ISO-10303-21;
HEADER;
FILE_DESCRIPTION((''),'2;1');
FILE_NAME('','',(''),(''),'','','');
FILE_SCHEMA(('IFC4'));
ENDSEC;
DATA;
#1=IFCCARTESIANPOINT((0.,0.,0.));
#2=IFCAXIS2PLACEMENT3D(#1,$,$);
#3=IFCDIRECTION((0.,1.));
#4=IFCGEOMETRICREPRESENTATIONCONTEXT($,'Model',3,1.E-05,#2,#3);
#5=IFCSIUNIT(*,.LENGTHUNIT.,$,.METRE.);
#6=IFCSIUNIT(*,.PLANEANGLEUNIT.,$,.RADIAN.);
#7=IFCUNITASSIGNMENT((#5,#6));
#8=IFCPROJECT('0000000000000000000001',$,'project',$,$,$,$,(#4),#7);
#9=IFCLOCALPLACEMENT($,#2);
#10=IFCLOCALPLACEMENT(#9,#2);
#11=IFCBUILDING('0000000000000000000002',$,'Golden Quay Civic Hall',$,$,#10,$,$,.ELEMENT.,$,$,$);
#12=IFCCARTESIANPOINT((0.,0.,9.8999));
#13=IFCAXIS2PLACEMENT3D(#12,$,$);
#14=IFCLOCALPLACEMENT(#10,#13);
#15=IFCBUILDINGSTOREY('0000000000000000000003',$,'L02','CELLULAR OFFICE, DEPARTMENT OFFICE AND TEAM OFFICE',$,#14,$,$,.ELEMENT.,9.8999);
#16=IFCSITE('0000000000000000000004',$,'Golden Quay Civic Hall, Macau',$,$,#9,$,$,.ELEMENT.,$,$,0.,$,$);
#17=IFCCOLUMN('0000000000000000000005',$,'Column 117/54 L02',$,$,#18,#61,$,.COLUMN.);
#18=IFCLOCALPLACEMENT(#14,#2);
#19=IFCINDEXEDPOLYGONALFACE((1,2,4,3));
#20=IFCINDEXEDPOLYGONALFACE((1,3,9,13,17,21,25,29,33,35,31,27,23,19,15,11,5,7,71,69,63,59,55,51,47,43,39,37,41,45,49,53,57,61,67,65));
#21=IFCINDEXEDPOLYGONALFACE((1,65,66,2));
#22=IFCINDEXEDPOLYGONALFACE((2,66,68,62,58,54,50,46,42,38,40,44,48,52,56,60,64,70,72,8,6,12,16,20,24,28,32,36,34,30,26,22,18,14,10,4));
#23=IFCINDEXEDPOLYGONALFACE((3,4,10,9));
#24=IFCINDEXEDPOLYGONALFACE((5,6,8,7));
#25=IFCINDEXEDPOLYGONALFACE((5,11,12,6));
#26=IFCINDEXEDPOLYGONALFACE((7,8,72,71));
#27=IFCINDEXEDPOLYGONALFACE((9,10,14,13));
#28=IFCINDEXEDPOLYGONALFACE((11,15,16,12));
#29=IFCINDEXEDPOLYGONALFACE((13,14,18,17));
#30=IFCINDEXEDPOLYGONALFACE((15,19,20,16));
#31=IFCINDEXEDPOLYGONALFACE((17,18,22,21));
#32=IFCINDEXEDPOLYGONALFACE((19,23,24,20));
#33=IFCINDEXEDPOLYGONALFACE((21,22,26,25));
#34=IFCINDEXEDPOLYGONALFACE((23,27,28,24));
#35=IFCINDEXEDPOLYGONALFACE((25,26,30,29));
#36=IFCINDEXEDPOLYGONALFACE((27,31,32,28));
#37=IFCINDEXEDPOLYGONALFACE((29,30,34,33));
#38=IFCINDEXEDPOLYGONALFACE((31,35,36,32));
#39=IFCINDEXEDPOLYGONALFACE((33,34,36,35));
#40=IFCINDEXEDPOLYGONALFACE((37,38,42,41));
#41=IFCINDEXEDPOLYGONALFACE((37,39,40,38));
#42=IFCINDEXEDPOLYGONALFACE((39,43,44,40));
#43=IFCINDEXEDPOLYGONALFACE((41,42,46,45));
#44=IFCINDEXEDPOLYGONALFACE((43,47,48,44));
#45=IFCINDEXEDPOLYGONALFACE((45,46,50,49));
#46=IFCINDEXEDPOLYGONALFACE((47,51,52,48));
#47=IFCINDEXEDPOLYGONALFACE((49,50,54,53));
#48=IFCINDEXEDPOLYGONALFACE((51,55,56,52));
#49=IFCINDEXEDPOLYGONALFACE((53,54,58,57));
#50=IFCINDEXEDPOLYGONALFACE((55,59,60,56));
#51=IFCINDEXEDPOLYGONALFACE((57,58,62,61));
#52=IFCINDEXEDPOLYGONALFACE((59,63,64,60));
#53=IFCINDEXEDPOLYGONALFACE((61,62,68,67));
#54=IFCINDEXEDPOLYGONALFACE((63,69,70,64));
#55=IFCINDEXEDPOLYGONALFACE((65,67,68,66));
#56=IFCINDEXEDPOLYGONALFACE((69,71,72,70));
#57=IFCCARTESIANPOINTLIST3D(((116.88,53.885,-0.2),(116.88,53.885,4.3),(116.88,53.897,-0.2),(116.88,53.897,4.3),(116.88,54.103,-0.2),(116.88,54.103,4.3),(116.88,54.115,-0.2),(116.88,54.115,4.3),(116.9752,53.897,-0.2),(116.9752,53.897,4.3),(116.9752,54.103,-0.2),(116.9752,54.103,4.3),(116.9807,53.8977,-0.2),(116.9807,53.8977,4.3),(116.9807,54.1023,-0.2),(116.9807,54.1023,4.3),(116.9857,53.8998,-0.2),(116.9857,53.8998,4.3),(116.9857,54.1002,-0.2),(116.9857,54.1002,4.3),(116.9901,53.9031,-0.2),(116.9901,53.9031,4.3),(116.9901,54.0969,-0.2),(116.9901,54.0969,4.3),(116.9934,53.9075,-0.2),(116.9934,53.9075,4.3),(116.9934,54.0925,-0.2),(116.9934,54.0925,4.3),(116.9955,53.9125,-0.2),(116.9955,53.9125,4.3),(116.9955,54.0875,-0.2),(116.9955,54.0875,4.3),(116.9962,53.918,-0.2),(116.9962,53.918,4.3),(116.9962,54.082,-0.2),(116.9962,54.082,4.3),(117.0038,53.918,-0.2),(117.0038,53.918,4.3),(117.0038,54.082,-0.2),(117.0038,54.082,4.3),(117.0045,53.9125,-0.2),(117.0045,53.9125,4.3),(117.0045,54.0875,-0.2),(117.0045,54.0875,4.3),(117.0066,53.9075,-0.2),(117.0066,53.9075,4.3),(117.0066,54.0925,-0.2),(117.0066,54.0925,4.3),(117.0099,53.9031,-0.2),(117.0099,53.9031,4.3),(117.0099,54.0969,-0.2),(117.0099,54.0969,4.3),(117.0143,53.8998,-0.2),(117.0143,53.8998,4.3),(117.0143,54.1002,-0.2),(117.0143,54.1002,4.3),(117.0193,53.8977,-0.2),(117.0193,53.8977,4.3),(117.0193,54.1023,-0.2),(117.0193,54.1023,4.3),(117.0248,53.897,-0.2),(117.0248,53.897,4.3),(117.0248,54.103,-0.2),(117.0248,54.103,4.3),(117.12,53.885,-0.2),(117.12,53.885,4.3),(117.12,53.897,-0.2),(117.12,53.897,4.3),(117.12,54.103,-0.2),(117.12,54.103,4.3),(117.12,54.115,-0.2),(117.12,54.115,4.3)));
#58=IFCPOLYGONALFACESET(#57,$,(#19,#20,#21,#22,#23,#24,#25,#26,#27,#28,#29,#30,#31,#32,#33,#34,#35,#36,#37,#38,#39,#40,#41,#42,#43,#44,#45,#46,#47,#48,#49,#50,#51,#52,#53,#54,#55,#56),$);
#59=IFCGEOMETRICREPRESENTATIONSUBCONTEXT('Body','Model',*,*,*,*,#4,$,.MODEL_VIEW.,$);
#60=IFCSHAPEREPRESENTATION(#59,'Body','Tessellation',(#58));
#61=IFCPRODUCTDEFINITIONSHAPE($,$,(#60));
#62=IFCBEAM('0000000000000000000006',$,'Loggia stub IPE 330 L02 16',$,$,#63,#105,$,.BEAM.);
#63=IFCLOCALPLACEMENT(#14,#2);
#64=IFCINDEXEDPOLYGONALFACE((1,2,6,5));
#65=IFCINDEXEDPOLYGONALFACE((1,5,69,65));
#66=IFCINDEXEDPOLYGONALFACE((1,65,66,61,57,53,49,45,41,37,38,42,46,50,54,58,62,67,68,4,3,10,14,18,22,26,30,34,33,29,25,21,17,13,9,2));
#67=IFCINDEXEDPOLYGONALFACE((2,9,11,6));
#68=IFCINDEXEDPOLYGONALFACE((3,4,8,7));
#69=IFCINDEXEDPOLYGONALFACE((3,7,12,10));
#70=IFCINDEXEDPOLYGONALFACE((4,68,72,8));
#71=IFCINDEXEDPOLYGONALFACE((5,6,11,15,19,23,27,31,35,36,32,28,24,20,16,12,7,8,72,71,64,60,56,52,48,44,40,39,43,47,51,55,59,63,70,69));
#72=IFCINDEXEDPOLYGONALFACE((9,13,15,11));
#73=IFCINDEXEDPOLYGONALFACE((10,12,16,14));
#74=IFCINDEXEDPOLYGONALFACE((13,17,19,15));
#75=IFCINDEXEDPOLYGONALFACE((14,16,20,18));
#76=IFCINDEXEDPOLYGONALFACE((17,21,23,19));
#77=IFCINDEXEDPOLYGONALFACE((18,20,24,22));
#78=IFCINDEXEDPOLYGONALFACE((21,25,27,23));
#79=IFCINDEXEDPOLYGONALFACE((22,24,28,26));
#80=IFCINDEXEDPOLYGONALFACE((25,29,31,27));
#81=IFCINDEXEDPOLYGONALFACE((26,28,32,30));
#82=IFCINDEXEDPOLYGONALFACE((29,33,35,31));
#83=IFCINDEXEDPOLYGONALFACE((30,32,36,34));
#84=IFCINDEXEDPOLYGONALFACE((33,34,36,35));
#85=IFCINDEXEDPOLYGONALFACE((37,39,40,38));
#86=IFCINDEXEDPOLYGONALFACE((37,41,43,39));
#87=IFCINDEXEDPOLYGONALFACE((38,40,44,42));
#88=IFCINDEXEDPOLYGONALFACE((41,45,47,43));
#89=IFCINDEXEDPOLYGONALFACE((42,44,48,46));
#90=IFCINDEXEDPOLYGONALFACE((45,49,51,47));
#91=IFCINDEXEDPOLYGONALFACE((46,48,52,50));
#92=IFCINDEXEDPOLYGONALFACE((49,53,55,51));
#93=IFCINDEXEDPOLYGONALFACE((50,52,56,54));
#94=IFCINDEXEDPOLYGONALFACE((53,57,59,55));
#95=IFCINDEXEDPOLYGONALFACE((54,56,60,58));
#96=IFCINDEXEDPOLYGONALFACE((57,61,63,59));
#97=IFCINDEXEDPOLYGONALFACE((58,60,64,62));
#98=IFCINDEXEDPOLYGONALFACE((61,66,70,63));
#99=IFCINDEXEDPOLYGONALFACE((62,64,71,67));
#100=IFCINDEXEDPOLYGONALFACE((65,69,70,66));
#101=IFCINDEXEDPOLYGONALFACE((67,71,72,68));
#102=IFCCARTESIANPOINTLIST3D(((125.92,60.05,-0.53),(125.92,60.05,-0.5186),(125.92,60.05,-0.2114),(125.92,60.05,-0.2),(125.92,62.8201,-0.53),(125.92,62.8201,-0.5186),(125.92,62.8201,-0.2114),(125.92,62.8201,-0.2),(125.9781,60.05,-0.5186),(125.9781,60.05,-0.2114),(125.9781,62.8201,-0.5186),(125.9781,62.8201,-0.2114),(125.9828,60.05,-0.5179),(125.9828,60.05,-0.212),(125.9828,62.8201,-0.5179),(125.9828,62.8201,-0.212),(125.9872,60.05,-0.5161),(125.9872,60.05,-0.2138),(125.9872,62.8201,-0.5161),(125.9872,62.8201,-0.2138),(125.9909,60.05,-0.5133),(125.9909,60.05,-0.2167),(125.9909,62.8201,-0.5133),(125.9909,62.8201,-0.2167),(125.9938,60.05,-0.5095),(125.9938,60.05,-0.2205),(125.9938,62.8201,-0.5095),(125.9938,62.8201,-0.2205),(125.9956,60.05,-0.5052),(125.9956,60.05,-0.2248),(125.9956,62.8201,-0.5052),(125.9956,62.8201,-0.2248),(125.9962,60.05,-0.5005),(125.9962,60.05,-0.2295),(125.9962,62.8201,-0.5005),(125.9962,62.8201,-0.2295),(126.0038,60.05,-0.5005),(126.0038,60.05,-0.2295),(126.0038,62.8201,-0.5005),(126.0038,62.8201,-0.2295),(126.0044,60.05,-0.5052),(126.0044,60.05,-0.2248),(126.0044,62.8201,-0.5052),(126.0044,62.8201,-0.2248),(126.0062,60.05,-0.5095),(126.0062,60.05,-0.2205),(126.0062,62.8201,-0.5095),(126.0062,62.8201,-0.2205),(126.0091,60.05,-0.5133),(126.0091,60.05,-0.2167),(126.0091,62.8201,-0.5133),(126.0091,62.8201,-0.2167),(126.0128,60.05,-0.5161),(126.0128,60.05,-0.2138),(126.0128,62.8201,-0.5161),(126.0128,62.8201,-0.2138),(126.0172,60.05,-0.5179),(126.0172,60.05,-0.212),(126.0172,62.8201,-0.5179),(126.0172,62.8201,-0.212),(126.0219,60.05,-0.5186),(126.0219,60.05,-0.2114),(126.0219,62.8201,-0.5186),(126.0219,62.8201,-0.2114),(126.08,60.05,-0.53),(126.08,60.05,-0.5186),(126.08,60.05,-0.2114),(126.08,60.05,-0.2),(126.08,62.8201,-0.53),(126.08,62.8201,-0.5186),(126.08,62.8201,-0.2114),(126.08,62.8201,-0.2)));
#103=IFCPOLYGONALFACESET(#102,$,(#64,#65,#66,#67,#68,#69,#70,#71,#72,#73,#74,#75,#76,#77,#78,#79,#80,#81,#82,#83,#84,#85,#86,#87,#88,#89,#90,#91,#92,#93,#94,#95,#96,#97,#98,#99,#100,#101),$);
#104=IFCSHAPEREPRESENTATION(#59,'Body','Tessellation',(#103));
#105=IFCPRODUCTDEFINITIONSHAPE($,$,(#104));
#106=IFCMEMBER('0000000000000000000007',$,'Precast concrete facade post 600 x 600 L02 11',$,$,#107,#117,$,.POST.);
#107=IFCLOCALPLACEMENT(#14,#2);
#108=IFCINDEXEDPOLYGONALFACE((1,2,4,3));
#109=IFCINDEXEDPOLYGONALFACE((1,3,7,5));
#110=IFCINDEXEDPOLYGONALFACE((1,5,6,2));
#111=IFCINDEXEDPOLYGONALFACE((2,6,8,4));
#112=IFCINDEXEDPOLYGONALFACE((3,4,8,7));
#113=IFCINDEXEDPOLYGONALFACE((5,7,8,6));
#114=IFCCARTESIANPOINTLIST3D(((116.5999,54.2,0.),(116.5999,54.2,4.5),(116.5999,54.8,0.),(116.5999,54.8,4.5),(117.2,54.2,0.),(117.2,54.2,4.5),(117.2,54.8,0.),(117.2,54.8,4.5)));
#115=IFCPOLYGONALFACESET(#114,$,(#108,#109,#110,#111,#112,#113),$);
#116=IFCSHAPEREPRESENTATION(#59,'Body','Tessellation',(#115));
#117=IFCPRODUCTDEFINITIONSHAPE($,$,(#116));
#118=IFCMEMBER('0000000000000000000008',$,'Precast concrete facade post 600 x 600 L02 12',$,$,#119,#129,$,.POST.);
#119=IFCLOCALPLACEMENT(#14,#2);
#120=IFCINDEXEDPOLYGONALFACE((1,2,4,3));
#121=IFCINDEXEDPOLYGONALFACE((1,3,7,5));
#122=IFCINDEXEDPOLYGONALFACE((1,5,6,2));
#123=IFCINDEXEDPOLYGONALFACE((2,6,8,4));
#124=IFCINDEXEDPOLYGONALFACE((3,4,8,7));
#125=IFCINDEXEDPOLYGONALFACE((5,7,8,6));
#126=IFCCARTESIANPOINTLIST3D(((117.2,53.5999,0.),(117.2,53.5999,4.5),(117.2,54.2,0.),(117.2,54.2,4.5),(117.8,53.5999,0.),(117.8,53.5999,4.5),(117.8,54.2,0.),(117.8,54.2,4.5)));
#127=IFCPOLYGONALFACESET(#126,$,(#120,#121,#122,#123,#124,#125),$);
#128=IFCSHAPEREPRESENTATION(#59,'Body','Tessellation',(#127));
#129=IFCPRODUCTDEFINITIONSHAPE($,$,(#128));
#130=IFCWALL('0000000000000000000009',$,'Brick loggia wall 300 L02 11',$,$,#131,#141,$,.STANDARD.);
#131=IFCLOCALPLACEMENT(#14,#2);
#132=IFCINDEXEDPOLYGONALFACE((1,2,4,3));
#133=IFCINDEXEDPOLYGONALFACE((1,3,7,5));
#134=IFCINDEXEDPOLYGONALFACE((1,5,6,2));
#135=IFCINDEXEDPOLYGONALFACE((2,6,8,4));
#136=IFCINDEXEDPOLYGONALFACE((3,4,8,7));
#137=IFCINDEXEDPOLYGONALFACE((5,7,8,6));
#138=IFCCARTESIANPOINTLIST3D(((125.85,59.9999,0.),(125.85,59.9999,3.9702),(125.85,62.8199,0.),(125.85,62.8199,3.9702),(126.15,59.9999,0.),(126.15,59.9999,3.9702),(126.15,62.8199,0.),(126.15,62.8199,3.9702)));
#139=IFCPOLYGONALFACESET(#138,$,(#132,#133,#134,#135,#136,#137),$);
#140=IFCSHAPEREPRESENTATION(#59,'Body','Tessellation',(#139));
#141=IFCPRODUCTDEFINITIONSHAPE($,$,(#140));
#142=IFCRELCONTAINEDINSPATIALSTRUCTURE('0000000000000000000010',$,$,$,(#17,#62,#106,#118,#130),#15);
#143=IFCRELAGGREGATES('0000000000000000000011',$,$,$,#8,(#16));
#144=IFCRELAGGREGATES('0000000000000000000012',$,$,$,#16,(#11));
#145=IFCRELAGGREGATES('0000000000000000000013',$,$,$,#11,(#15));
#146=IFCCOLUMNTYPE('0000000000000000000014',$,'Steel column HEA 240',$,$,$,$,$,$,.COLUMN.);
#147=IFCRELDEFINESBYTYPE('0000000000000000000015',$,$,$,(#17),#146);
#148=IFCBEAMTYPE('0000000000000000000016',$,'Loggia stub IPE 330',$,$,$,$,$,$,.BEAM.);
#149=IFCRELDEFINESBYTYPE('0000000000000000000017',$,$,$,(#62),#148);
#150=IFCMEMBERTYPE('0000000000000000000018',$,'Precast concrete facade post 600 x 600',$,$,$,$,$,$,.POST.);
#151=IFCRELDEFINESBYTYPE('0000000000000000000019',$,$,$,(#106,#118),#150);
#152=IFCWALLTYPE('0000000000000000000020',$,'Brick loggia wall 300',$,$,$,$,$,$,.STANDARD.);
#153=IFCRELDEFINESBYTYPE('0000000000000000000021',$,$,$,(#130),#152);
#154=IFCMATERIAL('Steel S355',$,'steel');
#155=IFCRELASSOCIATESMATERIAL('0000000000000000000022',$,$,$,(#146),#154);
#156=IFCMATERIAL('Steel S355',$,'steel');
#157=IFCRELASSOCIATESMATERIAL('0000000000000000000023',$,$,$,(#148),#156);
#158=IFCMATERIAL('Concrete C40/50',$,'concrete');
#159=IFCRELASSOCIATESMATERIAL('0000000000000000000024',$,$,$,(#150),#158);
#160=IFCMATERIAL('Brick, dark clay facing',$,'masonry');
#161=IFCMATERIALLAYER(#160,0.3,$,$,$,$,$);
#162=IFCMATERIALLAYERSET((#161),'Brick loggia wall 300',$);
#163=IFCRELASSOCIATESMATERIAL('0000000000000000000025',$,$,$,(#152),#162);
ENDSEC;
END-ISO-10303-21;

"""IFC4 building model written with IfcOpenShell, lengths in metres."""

from ifc_helpers import new_model, si_unit, direction, frame, frame_2d, origin, origin_2d, place, context, subcontext, project, spatial, rectangle, i_section, extrude, material, layer, layer_set, material_profile, profile_set, type_object, element, save


model = new_model("IFC4")

# Units and contexts
model_context = context("Model", 3, precision=1e-05, world=origin(), true_north=direction((0.0, 1.0)))
body_context = subcontext(model_context, "Body", "Model", "MODEL_VIEW")
ifc_project = project(units=[si_unit("LENGTHUNIT", "METRE"), si_unit("PLANEANGLEUNIT", "RADIAN")], contexts=[model_context])

# Site, building, storey
site_placement = place(None, origin())
site = spatial("IfcSite", under=ifc_project, at=site_placement, Name="Golden Quay Civic Hall, Macau", CompositionType="ELEMENT", RefElevation=0.0)
building_placement = place(site_placement, origin())
building = spatial("IfcBuilding", under=site, at=building_placement, Name="Golden Quay Civic Hall", CompositionType="ELEMENT")
storey_placement = place(building_placement, frame((0.0, 0.0, 9.8999)))
storey = spatial("IfcBuildingStorey", under=building, at=storey_placement, Name="L02", Description="CELLULAR OFFICE, DEPARTMENT OFFICE AND TEAM OFFICE", CompositionType="ELEMENT", Elevation=9.8999)

# Column
ifc_material_1 = material(Name="Steel S355", Category="steel")
ifc_material_profile_1 = material_profile(ifc_material_1, i_section(OverallWidth=0.24, OverallDepth=0.23, WebThickness=0.0076, FlangeThickness=0.012, FilletRadius=0.021, at=origin_2d()), Name="HEA 240")
ifc_profile_set_1 = profile_set([ifc_material_profile_1], Name="Steel S355")
column_type = type_object("IfcColumnType", Name="Steel column HEA 240", PredefinedType="COLUMN", material=ifc_profile_set_1)
column_placement = place(storey_placement, frame((117.0, 54.0, -0.2), z_axis=(0.0, 0.0, 1.0), x_axis=(1.0, 0.0, 0.0)))
element("IfcColumn", 1, at=column_placement, inside=storey, type_object=column_type, Name="Column 117/54 L02", PredefinedType="COLUMN", context=body_context, shape_type="SweptSolid", body=[
    extrude(i_section(OverallWidth=0.24, OverallDepth=0.23, WebThickness=0.0076, FlangeThickness=0.012, FilletRadius=0.021, at=origin_2d()), origin(), (0.0, 0.0, 1.0), 4.5),
])

# Beam
ifc_material_2 = material(Name="Steel S355", Category="steel")
ifc_material_profile_2 = material_profile(ifc_material_2, i_section(OverallWidth=0.1599, OverallDepth=0.3301, WebThickness=0.0076, FlangeThickness=0.0115, FilletRadius=0.0181, at=origin_2d()), Name="IPE 330")
ifc_profile_set_2 = profile_set([ifc_material_profile_2], Name="Steel S355")
beam_type = type_object("IfcBeamType", Name="Loggia stub IPE 330", PredefinedType="BEAM", material=ifc_profile_set_2)
beam_placement = place(storey_placement, frame((126.0, 62.8201, -0.365), z_axis=(0.0, -1.0, 0.0), x_axis=(1.0, 0.0, 0.0)))
element("IfcBeam", 2, at=beam_placement, inside=storey, type_object=beam_type, Name="Loggia stub IPE 330 L02 16", PredefinedType="BEAM", context=body_context, shape_type="SweptSolid", body=[
    extrude(i_section(OverallWidth=0.1599, OverallDepth=0.3301, WebThickness=0.0076, FlangeThickness=0.0115, FilletRadius=0.0181, at=origin_2d()), origin(), (0.0, 0.0, 1.0), 2.77),
])

# Members
ifc_material_3 = material(Name="Concrete C40/50", Category="concrete")
ifc_material_profile_3 = material_profile(ifc_material_3, rectangle(XDim=0.6001, YDim=0.6001, at=origin_2d()), Name="RC 600x600")
ifc_profile_set_3 = profile_set([ifc_material_profile_3], Name="Concrete C40/50")
member_type = type_object("IfcMemberType", Name="Precast concrete facade post 600 x 600", PredefinedType="POST", material=ifc_profile_set_3)
for number, where, z_axis, x_axis, name in (
    (3, (116.8999, 54.5, 0.0), (0.0, 0.0, 1.0), (1.0, 0.0, 0.0), "Precast concrete facade post 600 x 600 L02 11"),
    (4, (117.5, 53.8999, 0.0), (0.0, 0.0, 1.0), (1.0, 0.0, 0.0), "Precast concrete facade post 600 x 600 L02 12"),
):
    element("IfcMember", number, at=place(storey_placement, frame(where, z_axis=z_axis, x_axis=x_axis)), inside=storey, type_object=member_type, Name=name, PredefinedType="POST", context=body_context, shape_type="SweptSolid", body=[
        extrude(rectangle(XDim=0.6001, YDim=0.6001, at=origin_2d()), origin(), (0.0, 0.0, 1.0), 4.5),
    ])

# Wall
ifc_material_4 = material(Name="Brick, dark clay facing", Category="masonry")
ifc_layer_1 = layer(ifc_material_4, 0.3)
ifc_layer_set_1 = layer_set([ifc_layer_1], Name="Brick loggia wall 300")
wall_type_1 = type_object("IfcWallType", Name="Brick loggia wall 300", PredefinedType="STANDARD", material=ifc_layer_set_1)
wall_1_placement = place(storey_placement, frame((126.0, 62.8201, 0.0), z_axis=(0.0, 0.0, 1.0), x_axis=(0.0, -1.0, 0.0)))
element("IfcWall", 5, at=wall_1_placement, inside=storey, type_object=wall_type_1, Name="Brick loggia wall 300 L02 11", PredefinedType="STANDARD", context=body_context, shape_type="SweptSolid", body=[
    extrude(rectangle(XDim=2.8201, YDim=0.3, at=frame_2d((1.4102, 0.0))), origin(), (0.0, 0.0, 1.0), 3.9702),
])

save(model, "model.ifc")
